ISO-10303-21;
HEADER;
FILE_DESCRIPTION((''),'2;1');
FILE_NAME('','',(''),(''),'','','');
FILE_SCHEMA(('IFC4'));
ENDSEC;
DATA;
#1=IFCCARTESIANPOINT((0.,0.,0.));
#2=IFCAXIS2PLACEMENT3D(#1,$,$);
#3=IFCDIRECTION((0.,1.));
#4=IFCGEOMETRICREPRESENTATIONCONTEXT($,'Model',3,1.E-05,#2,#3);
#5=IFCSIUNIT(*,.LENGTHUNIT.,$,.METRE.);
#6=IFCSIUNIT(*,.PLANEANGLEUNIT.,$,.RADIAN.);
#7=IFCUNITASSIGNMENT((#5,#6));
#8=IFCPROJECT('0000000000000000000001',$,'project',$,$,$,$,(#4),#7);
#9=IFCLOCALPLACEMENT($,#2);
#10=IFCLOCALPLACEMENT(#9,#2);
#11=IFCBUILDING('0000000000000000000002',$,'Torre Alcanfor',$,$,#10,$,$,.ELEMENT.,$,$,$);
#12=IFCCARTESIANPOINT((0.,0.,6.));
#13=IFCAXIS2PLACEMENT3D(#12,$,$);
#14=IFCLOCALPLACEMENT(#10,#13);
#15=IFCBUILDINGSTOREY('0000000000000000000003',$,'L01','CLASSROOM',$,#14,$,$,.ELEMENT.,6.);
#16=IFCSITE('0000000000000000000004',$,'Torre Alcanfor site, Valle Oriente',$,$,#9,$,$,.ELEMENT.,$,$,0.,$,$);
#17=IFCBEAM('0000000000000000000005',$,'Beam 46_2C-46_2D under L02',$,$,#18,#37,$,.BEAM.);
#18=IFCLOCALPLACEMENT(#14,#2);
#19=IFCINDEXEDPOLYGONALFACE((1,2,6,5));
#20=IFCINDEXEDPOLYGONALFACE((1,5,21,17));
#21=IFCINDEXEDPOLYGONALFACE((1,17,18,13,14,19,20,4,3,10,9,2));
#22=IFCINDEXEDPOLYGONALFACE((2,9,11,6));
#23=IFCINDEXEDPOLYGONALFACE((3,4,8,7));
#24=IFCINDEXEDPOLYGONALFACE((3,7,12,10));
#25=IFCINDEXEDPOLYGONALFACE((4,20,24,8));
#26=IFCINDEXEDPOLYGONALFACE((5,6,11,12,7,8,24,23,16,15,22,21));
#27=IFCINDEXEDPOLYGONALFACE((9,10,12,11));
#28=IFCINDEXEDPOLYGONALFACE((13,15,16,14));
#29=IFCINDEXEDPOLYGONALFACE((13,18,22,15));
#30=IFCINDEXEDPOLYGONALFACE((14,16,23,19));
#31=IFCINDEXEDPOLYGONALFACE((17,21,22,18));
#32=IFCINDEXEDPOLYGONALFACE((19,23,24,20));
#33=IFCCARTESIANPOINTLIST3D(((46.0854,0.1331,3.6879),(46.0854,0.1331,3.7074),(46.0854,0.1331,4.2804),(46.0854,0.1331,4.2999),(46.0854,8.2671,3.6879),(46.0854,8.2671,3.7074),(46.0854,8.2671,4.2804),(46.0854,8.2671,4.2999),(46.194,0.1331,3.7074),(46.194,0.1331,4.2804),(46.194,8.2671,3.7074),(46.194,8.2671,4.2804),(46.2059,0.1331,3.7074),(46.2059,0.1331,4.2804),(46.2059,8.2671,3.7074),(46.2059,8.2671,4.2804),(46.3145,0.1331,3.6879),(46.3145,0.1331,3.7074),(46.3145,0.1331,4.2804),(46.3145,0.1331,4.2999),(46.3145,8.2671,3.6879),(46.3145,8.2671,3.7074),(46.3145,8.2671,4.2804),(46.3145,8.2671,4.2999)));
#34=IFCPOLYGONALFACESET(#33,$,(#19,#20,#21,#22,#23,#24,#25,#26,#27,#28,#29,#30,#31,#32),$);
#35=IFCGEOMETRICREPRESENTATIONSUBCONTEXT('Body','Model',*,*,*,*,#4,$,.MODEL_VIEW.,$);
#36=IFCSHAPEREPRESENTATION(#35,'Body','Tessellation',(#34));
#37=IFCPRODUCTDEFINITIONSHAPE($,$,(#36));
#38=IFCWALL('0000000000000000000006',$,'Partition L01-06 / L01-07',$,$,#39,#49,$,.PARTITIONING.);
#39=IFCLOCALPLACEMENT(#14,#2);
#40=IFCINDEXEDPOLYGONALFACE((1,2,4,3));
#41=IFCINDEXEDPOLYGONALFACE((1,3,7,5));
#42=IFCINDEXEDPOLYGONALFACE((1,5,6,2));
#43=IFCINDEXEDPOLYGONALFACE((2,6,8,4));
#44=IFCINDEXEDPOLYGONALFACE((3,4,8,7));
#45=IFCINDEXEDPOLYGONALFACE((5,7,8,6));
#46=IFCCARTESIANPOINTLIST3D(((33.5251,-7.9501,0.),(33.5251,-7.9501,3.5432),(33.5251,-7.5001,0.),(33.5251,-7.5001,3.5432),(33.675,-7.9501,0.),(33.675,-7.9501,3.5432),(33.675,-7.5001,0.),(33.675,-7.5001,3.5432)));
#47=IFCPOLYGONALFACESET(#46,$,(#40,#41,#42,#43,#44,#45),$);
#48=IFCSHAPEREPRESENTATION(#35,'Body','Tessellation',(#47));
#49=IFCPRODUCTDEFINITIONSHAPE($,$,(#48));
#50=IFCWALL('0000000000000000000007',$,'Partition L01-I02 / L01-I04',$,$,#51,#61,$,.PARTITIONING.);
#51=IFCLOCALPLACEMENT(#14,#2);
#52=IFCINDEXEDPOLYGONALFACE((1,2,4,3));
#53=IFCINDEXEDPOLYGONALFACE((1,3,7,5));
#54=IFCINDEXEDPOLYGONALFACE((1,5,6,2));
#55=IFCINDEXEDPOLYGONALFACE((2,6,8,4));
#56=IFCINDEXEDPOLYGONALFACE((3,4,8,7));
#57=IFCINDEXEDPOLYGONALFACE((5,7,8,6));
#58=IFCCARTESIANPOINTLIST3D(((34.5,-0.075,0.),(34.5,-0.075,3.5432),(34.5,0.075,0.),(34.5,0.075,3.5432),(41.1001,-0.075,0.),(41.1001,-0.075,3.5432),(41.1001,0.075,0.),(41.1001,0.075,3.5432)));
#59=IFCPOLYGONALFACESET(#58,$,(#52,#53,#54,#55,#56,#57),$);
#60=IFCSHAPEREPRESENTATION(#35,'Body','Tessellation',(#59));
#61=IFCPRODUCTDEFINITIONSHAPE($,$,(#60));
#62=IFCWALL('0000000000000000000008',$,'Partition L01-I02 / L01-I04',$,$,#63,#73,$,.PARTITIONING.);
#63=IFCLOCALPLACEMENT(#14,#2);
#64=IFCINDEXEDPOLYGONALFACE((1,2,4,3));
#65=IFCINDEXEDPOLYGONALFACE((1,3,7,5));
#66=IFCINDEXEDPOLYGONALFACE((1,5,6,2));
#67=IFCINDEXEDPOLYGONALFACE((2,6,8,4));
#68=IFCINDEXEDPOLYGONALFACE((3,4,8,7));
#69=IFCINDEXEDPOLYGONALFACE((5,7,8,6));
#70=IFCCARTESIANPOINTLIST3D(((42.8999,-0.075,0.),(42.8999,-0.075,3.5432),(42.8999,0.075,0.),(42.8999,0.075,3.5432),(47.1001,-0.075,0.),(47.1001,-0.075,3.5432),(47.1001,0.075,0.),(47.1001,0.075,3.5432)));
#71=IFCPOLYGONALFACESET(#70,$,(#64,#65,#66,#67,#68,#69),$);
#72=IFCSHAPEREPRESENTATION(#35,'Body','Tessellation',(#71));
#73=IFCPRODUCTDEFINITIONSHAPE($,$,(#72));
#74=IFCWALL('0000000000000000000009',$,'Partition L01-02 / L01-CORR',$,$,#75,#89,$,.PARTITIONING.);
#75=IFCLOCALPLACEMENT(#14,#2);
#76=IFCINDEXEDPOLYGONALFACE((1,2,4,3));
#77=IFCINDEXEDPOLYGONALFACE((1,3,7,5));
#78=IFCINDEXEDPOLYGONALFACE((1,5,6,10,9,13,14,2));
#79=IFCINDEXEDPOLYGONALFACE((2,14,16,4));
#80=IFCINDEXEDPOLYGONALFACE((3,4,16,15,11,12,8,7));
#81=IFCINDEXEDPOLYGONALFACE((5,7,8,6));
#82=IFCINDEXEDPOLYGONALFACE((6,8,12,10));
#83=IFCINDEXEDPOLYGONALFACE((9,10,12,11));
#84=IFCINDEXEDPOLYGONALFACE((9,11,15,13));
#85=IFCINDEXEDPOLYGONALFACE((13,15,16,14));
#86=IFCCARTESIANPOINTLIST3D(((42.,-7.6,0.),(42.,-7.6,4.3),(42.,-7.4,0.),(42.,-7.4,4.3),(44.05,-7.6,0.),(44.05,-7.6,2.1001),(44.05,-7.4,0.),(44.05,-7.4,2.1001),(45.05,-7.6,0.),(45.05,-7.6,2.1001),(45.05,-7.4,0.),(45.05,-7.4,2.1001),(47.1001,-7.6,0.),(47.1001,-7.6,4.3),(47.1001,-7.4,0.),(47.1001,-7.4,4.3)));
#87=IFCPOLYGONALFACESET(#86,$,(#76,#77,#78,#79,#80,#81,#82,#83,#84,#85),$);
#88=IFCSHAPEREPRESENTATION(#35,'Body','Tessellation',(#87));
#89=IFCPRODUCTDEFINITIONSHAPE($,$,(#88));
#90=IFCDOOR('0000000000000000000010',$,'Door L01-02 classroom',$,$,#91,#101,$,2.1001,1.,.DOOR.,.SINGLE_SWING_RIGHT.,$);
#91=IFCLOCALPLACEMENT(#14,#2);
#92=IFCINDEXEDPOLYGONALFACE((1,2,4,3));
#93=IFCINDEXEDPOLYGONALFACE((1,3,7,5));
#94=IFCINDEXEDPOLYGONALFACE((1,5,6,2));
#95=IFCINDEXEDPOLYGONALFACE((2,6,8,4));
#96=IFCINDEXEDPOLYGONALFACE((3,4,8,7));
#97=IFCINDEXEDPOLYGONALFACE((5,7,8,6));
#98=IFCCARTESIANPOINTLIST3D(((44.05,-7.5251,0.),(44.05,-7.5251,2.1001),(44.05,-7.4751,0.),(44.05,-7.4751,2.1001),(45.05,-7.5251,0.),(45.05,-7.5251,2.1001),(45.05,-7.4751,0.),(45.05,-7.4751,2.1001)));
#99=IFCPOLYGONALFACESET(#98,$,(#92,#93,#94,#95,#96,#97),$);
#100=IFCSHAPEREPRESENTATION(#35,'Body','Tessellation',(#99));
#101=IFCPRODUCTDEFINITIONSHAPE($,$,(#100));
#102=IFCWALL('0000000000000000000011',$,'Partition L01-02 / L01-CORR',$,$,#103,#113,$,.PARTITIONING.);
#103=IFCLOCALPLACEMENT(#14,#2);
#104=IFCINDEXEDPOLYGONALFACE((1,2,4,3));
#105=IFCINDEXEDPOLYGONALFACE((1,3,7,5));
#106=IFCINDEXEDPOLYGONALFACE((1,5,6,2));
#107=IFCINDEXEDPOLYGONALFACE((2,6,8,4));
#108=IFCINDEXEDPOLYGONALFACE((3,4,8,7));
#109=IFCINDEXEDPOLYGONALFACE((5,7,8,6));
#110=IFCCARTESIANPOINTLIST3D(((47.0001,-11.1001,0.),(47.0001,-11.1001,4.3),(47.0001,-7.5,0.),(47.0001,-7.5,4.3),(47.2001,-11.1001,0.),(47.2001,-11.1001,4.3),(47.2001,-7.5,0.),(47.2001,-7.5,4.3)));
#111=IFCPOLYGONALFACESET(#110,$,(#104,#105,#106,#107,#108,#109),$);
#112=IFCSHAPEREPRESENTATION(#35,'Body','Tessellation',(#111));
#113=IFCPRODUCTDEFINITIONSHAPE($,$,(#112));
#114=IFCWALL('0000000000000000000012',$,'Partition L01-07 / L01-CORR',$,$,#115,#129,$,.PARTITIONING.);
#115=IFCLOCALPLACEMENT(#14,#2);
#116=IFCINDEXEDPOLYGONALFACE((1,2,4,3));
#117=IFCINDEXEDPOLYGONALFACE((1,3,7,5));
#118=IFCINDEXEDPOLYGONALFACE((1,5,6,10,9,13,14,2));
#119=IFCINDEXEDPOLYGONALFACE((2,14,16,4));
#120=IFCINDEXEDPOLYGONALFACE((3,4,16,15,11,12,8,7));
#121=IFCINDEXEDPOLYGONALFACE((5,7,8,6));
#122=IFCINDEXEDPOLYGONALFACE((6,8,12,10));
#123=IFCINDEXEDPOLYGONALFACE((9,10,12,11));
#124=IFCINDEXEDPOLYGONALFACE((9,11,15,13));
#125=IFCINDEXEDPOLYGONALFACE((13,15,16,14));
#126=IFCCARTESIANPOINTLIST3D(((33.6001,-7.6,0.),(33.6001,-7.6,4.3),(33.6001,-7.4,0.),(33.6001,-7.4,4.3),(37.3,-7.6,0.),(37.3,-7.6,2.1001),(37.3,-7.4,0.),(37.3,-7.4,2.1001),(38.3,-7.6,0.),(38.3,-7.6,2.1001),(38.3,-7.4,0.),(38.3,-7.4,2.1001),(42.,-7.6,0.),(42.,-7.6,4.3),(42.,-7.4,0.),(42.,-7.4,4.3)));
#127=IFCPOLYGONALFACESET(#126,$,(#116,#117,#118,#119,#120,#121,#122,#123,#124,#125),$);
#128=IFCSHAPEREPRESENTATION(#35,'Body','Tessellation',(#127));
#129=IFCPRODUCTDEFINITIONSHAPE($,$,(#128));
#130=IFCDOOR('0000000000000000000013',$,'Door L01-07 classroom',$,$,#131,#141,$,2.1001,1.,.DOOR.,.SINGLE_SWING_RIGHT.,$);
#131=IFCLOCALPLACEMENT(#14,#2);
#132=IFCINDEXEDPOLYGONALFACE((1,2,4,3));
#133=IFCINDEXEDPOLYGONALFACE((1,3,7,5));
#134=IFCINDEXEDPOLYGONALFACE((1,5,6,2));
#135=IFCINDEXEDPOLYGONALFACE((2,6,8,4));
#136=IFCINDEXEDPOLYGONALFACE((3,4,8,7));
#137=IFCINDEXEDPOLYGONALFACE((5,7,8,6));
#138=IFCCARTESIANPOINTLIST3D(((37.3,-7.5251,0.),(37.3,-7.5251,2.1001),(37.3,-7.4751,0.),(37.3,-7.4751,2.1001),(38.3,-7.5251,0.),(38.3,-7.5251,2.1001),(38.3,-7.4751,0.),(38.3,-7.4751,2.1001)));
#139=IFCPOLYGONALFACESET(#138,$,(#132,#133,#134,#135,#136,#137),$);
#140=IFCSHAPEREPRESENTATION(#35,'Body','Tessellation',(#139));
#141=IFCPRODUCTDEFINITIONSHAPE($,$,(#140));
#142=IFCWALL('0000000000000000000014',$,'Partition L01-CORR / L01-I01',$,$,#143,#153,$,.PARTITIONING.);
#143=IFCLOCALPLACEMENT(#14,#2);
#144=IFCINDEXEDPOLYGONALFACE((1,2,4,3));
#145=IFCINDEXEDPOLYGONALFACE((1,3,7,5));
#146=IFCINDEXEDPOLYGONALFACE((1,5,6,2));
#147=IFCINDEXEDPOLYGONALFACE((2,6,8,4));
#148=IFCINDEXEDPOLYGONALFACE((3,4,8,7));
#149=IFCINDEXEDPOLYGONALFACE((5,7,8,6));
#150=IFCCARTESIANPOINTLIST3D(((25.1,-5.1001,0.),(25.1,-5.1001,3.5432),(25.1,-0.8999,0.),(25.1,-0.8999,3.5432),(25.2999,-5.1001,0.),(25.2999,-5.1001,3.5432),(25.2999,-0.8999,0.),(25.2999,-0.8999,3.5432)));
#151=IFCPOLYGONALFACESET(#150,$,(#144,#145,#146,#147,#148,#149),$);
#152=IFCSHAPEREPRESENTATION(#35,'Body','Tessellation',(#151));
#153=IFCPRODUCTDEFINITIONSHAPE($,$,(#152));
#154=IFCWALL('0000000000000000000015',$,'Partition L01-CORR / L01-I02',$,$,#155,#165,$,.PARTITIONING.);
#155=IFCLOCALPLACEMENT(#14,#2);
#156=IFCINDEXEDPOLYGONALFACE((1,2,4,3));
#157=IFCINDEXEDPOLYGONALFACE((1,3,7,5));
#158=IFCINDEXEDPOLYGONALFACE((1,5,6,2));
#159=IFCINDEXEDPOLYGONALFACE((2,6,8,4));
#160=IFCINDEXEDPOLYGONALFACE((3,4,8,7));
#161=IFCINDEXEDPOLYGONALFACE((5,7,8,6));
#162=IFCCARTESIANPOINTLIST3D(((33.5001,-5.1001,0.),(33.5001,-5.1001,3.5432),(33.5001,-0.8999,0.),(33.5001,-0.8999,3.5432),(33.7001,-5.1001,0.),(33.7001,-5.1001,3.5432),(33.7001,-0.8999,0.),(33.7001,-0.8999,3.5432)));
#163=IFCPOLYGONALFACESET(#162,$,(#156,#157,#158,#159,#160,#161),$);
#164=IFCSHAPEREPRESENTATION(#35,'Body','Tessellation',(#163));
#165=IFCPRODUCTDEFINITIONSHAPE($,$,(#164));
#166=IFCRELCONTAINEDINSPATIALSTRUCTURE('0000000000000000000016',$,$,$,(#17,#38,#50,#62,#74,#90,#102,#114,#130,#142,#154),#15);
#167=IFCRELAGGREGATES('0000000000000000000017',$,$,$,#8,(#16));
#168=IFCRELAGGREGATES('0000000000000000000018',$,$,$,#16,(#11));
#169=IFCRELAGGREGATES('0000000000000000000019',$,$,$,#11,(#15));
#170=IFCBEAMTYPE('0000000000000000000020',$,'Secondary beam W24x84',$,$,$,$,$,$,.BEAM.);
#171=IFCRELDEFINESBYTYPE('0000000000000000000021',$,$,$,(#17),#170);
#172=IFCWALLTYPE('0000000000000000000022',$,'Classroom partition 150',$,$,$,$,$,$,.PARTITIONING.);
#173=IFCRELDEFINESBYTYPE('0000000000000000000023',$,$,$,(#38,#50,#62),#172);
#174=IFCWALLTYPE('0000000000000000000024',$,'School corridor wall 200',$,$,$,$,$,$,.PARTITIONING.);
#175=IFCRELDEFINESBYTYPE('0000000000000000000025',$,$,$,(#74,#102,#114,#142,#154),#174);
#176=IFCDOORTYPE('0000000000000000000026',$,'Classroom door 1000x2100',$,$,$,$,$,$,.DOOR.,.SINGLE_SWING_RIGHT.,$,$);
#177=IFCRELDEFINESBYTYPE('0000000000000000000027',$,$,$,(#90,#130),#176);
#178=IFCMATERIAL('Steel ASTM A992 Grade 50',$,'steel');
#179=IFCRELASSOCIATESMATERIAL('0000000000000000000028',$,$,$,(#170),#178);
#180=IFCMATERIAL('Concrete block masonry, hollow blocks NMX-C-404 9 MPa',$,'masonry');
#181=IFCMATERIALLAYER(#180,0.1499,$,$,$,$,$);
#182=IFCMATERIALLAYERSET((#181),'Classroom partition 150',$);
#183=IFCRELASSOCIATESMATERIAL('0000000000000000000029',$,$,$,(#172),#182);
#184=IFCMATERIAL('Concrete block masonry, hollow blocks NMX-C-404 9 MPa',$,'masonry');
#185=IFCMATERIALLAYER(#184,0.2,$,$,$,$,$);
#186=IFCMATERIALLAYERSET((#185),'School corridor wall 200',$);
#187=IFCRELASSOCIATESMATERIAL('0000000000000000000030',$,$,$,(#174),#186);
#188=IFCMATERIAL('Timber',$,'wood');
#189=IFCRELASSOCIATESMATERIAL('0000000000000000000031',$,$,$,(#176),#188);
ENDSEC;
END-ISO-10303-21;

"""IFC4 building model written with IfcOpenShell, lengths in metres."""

from ifc_helpers import new_model, si_unit, direction, frame, frame_2d, origin, origin_2d, place, context, subcontext, project, spatial, rectangle, i_section, extrude, material, layer, layer_set, material_profile, profile_set, type_object, element, fill, save


model = new_model("IFC4")

# Units and contexts
model_context = context("Model", 3, precision=1e-05, world=origin(), true_north=direction((0.0, 1.0)))
body_context = subcontext(model_context, "Body", "Model", "MODEL_VIEW")
ifc_project = project(units=[si_unit("LENGTHUNIT", "METRE"), si_unit("PLANEANGLEUNIT", "RADIAN")], contexts=[model_context])

# Site, building, storey
site_placement = place(None, origin())
site = spatial("IfcSite", under=ifc_project, at=site_placement, Name="Torre Alcanfor site, Valle Oriente", CompositionType="ELEMENT", RefElevation=0.0)
building_placement = place(site_placement, origin())
building = spatial("IfcBuilding", under=site, at=building_placement, Name="Torre Alcanfor", CompositionType="ELEMENT")
storey_placement = place(building_placement, frame((0.0, 0.0, 6.0)))
storey = spatial("IfcBuildingStorey", under=building, at=storey_placement, Name="L01", Description="CLASSROOM", CompositionType="ELEMENT", Elevation=6.0)

# Beam
ifc_material_1 = material(Name="Steel ASTM A992 Grade 50", Category="steel")
ifc_material_profile_1 = material_profile(ifc_material_1, i_section(OverallWidth=0.229, OverallDepth=0.6121, WebThickness=0.012, FlangeThickness=0.0195, at=origin_2d()), Name="W24x84")
ifc_profile_set_1 = profile_set([ifc_material_profile_1], Name="Steel ASTM A992 Grade 50")
beam_type_1 = type_object("IfcBeamType", Name="Secondary beam W24x84", PredefinedType="BEAM", material=ifc_profile_set_1)
for number, where, z_axis, x_axis, name in (
    (1, (46.2, 0.1331, 3.9939), (0.0, 1.0, 0.0), (-1.0, 0.0, 0.0), "Beam 46_2C-46_2D under L02"),
):
    element("IfcBeam", number, at=place(storey_placement, frame(where, z_axis=z_axis, x_axis=x_axis)), inside=storey, type_object=beam_type_1, Name=name, PredefinedType="BEAM", context=body_context, shape_type="SweptSolid", body=[
        extrude(i_section(OverallWidth=0.229, OverallDepth=0.6121, WebThickness=0.012, FlangeThickness=0.0195, at=origin_2d()), origin(), (0.0, 0.0, 1.0), 8.134),
    ])

# Walls
ifc_material_2 = material(Name="Concrete block masonry, hollow blocks NMX-C-404 9 MPa", Category="masonry")
ifc_layer_1 = layer(ifc_material_2, 0.1499)
ifc_layer_set_1 = layer_set([ifc_layer_1], Name="Classroom partition 150")
wall_type_1 = type_object("IfcWallType", Name="Classroom partition 150", PredefinedType="PARTITIONING", material=ifc_layer_set_1)
wall_1_placement = place(storey_placement, frame((33.6001, -7.5, 0.0), z_axis=(0.0, 0.0, 1.0), x_axis=(0.0, -1.0, 0.0)))
element("IfcWall", 2, at=wall_1_placement, inside=storey, type_object=wall_type_1, Name="Partition L01-06 / L01-07", PredefinedType="PARTITIONING", context=body_context, shape_type="SweptSolid", body=[
    extrude(rectangle(XDim=0.45, YDim=0.1499, at=frame_2d((0.2251, 0.0))), origin(), (0.0, 0.0, 1.0), 3.5432),
])
wall_2_placement = place(storey_placement, frame((34.5, 0.0, 0.0), z_axis=(0.0, 0.0, 1.0), x_axis=(1.0, 0.0, 0.0)))
element("IfcWall", 3, at=wall_2_placement, inside=storey, type_object=wall_type_1, Name="Partition L01-I02 / L01-I04", PredefinedType="PARTITIONING", context=body_context, shape_type="SweptSolid", body=[
    extrude(rectangle(XDim=6.6001, YDim=0.1499, at=frame_2d((3.3, 0.0))), origin(), (0.0, 0.0, 1.0), 3.5432),
])
wall_3_placement = place(storey_placement, frame((42.8999, 0.0, 0.0), z_axis=(0.0, 0.0, 1.0), x_axis=(1.0, 0.0, 0.0)))
element("IfcWall", 4, at=wall_3_placement, inside=storey, type_object=wall_type_1, Name="Partition L01-I02 / L01-I04", PredefinedType="PARTITIONING", context=body_context, shape_type="SweptSolid", body=[
    extrude(rectangle(XDim=4.2002, YDim=0.1499, at=frame_2d((2.1001, 0.0))), origin(), (0.0, 0.0, 1.0), 3.5432),
])

# Wall, opening, door
ifc_material_3 = material(Name="Concrete block masonry, hollow blocks NMX-C-404 9 MPa", Category="masonry")
ifc_layer_2 = layer(ifc_material_3, 0.2)
ifc_layer_set_2 = layer_set([ifc_layer_2], Name="School corridor wall 200")
wall_type_2 = type_object("IfcWallType", Name="School corridor wall 200", PredefinedType="PARTITIONING", material=ifc_layer_set_2)
wall_4_placement = place(storey_placement, frame((42.0, -7.5, 0.0), z_axis=(0.0, 0.0, 1.0), x_axis=(1.0, 0.0, 0.0)))
wall_4 = element("IfcWall", 5, at=wall_4_placement, inside=storey, type_object=wall_type_2, Name="Partition L01-02 / L01-CORR", PredefinedType="PARTITIONING", context=body_context, shape_type="SweptSolid", body=[
    extrude(rectangle(XDim=5.1001, YDim=0.2, at=frame_2d((2.55, 0.0))), origin(), (0.0, 0.0, 1.0), 4.3),
])
opening_1_placement = place(wall_4_placement, frame((2.05, 0.0, 0.0)))
opening_1 = element("IfcOpeningElement", 6, at=opening_1_placement, cuts=wall_4, PredefinedType="OPENING", context=body_context, shape_type="SweptSolid", body=[
    extrude(rectangle(XDim=1.0, YDim=2.1001, at=frame_2d((0.5, 1.05))), frame((0.0, 0.1099, 0.0), z_axis=(0.0, -1.0, 0.0), x_axis=(1.0, 0.0, 0.0)), (0.0, 0.0, 1.0), 0.22),
])
ifc_material_4 = material(Name="Timber", Category="wood")
door_type = type_object("IfcDoorType", Name="Classroom door 1000x2100", OperationType="SINGLE_SWING_RIGHT", PredefinedType="DOOR", material=ifc_material_4)
door_1_placement = place(opening_1_placement, frame((1.0, 0.0, 0.0), z_axis=(0.0, 0.0, 1.0), x_axis=(-1.0, 0.0, 0.0)))
door_1 = element("IfcDoor", 7, at=door_1_placement, inside=storey, type_object=door_type, Name="Door L01-02 classroom", OperationType="SINGLE_SWING_RIGHT", OverallHeight=2.1001, OverallWidth=1.0, PredefinedType="DOOR", context=body_context, shape_type="SweptSolid", body=[
    extrude(rectangle(XDim=1.0, YDim=2.1001, at=frame_2d((0.5, 1.05))), frame((0.0, 0.0251, 0.0), z_axis=(0.0, -1.0, 0.0), x_axis=(1.0, 0.0, 0.0)), (0.0, 0.0, 1.0), 0.05),
])
fill(opening_1, door_1)

# Wall
wall_5_placement = place(storey_placement, frame((47.1001, -7.5, 0.0), z_axis=(0.0, 0.0, 1.0), x_axis=(0.0, -1.0, 0.0)))
element("IfcWall", 8, at=wall_5_placement, inside=storey, type_object=wall_type_2, Name="Partition L01-02 / L01-CORR", PredefinedType="PARTITIONING", context=body_context, shape_type="SweptSolid", body=[
    extrude(rectangle(XDim=3.6001, YDim=0.2, at=frame_2d((1.8, 0.0))), origin(), (0.0, 0.0, 1.0), 4.3),
])

# Wall, opening, door
wall_6_placement = place(storey_placement, frame((33.6001, -7.5, 0.0), z_axis=(0.0, 0.0, 1.0), x_axis=(1.0, 0.0, 0.0)))
wall_6 = element("IfcWall", 9, at=wall_6_placement, inside=storey, type_object=wall_type_2, Name="Partition L01-07 / L01-CORR", PredefinedType="PARTITIONING", context=body_context, shape_type="SweptSolid", body=[
    extrude(rectangle(XDim=8.3999, YDim=0.2, at=frame_2d((4.2, 0.0))), origin(), (0.0, 0.0, 1.0), 4.3),
])
opening_2_placement = place(wall_6_placement, frame((3.7, 0.0, 0.0)))
opening_2 = element("IfcOpeningElement", 10, at=opening_2_placement, cuts=wall_6, PredefinedType="OPENING", context=body_context, shape_type="SweptSolid", body=[
    extrude(rectangle(XDim=1.0, YDim=2.1001, at=frame_2d((0.5, 1.05))), frame((0.0, 0.1099, 0.0), z_axis=(0.0, -1.0, 0.0), x_axis=(1.0, 0.0, 0.0)), (0.0, 0.0, 1.0), 0.22),
])
door_2_placement = place(opening_2_placement, frame((1.0, 0.0, 0.0), z_axis=(0.0, 0.0, 1.0), x_axis=(-1.0, 0.0, 0.0)))
door_2 = element("IfcDoor", 11, at=door_2_placement, inside=storey, type_object=door_type, Name="Door L01-07 classroom", OperationType="SINGLE_SWING_RIGHT", OverallHeight=2.1001, OverallWidth=1.0, PredefinedType="DOOR", context=body_context, shape_type="SweptSolid", body=[
    extrude(rectangle(XDim=1.0, YDim=2.1001, at=frame_2d((0.5, 1.05))), frame((0.0, 0.0251, 0.0), z_axis=(0.0, -1.0, 0.0), x_axis=(1.0, 0.0, 0.0)), (0.0, 0.0, 1.0), 0.05),
])
fill(opening_2, door_2)

# Walls
for number, where, z_axis, x_axis, name in (
    (12, (25.2, -5.1001, 0.0), (0.0, 0.0, 1.0), (0.0, 1.0, 0.0), "Partition L01-CORR / L01-I01"),
    (13, (33.6001, -0.8999, 0.0), (0.0, 0.0, 1.0), (0.0, -1.0, 0.0), "Partition L01-CORR / L01-I02"),
):
    element("IfcWall", number, at=place(storey_placement, frame(where, z_axis=z_axis, x_axis=x_axis)), inside=storey, type_object=wall_type_2, Name=name, PredefinedType="PARTITIONING", context=body_context, shape_type="SweptSolid", body=[
        extrude(rectangle(XDim=4.2002, YDim=0.2, at=frame_2d((2.1001, 0.0))), origin(), (0.0, 0.0, 1.0), 3.5432),
    ])

save(model, "model.ifc")
